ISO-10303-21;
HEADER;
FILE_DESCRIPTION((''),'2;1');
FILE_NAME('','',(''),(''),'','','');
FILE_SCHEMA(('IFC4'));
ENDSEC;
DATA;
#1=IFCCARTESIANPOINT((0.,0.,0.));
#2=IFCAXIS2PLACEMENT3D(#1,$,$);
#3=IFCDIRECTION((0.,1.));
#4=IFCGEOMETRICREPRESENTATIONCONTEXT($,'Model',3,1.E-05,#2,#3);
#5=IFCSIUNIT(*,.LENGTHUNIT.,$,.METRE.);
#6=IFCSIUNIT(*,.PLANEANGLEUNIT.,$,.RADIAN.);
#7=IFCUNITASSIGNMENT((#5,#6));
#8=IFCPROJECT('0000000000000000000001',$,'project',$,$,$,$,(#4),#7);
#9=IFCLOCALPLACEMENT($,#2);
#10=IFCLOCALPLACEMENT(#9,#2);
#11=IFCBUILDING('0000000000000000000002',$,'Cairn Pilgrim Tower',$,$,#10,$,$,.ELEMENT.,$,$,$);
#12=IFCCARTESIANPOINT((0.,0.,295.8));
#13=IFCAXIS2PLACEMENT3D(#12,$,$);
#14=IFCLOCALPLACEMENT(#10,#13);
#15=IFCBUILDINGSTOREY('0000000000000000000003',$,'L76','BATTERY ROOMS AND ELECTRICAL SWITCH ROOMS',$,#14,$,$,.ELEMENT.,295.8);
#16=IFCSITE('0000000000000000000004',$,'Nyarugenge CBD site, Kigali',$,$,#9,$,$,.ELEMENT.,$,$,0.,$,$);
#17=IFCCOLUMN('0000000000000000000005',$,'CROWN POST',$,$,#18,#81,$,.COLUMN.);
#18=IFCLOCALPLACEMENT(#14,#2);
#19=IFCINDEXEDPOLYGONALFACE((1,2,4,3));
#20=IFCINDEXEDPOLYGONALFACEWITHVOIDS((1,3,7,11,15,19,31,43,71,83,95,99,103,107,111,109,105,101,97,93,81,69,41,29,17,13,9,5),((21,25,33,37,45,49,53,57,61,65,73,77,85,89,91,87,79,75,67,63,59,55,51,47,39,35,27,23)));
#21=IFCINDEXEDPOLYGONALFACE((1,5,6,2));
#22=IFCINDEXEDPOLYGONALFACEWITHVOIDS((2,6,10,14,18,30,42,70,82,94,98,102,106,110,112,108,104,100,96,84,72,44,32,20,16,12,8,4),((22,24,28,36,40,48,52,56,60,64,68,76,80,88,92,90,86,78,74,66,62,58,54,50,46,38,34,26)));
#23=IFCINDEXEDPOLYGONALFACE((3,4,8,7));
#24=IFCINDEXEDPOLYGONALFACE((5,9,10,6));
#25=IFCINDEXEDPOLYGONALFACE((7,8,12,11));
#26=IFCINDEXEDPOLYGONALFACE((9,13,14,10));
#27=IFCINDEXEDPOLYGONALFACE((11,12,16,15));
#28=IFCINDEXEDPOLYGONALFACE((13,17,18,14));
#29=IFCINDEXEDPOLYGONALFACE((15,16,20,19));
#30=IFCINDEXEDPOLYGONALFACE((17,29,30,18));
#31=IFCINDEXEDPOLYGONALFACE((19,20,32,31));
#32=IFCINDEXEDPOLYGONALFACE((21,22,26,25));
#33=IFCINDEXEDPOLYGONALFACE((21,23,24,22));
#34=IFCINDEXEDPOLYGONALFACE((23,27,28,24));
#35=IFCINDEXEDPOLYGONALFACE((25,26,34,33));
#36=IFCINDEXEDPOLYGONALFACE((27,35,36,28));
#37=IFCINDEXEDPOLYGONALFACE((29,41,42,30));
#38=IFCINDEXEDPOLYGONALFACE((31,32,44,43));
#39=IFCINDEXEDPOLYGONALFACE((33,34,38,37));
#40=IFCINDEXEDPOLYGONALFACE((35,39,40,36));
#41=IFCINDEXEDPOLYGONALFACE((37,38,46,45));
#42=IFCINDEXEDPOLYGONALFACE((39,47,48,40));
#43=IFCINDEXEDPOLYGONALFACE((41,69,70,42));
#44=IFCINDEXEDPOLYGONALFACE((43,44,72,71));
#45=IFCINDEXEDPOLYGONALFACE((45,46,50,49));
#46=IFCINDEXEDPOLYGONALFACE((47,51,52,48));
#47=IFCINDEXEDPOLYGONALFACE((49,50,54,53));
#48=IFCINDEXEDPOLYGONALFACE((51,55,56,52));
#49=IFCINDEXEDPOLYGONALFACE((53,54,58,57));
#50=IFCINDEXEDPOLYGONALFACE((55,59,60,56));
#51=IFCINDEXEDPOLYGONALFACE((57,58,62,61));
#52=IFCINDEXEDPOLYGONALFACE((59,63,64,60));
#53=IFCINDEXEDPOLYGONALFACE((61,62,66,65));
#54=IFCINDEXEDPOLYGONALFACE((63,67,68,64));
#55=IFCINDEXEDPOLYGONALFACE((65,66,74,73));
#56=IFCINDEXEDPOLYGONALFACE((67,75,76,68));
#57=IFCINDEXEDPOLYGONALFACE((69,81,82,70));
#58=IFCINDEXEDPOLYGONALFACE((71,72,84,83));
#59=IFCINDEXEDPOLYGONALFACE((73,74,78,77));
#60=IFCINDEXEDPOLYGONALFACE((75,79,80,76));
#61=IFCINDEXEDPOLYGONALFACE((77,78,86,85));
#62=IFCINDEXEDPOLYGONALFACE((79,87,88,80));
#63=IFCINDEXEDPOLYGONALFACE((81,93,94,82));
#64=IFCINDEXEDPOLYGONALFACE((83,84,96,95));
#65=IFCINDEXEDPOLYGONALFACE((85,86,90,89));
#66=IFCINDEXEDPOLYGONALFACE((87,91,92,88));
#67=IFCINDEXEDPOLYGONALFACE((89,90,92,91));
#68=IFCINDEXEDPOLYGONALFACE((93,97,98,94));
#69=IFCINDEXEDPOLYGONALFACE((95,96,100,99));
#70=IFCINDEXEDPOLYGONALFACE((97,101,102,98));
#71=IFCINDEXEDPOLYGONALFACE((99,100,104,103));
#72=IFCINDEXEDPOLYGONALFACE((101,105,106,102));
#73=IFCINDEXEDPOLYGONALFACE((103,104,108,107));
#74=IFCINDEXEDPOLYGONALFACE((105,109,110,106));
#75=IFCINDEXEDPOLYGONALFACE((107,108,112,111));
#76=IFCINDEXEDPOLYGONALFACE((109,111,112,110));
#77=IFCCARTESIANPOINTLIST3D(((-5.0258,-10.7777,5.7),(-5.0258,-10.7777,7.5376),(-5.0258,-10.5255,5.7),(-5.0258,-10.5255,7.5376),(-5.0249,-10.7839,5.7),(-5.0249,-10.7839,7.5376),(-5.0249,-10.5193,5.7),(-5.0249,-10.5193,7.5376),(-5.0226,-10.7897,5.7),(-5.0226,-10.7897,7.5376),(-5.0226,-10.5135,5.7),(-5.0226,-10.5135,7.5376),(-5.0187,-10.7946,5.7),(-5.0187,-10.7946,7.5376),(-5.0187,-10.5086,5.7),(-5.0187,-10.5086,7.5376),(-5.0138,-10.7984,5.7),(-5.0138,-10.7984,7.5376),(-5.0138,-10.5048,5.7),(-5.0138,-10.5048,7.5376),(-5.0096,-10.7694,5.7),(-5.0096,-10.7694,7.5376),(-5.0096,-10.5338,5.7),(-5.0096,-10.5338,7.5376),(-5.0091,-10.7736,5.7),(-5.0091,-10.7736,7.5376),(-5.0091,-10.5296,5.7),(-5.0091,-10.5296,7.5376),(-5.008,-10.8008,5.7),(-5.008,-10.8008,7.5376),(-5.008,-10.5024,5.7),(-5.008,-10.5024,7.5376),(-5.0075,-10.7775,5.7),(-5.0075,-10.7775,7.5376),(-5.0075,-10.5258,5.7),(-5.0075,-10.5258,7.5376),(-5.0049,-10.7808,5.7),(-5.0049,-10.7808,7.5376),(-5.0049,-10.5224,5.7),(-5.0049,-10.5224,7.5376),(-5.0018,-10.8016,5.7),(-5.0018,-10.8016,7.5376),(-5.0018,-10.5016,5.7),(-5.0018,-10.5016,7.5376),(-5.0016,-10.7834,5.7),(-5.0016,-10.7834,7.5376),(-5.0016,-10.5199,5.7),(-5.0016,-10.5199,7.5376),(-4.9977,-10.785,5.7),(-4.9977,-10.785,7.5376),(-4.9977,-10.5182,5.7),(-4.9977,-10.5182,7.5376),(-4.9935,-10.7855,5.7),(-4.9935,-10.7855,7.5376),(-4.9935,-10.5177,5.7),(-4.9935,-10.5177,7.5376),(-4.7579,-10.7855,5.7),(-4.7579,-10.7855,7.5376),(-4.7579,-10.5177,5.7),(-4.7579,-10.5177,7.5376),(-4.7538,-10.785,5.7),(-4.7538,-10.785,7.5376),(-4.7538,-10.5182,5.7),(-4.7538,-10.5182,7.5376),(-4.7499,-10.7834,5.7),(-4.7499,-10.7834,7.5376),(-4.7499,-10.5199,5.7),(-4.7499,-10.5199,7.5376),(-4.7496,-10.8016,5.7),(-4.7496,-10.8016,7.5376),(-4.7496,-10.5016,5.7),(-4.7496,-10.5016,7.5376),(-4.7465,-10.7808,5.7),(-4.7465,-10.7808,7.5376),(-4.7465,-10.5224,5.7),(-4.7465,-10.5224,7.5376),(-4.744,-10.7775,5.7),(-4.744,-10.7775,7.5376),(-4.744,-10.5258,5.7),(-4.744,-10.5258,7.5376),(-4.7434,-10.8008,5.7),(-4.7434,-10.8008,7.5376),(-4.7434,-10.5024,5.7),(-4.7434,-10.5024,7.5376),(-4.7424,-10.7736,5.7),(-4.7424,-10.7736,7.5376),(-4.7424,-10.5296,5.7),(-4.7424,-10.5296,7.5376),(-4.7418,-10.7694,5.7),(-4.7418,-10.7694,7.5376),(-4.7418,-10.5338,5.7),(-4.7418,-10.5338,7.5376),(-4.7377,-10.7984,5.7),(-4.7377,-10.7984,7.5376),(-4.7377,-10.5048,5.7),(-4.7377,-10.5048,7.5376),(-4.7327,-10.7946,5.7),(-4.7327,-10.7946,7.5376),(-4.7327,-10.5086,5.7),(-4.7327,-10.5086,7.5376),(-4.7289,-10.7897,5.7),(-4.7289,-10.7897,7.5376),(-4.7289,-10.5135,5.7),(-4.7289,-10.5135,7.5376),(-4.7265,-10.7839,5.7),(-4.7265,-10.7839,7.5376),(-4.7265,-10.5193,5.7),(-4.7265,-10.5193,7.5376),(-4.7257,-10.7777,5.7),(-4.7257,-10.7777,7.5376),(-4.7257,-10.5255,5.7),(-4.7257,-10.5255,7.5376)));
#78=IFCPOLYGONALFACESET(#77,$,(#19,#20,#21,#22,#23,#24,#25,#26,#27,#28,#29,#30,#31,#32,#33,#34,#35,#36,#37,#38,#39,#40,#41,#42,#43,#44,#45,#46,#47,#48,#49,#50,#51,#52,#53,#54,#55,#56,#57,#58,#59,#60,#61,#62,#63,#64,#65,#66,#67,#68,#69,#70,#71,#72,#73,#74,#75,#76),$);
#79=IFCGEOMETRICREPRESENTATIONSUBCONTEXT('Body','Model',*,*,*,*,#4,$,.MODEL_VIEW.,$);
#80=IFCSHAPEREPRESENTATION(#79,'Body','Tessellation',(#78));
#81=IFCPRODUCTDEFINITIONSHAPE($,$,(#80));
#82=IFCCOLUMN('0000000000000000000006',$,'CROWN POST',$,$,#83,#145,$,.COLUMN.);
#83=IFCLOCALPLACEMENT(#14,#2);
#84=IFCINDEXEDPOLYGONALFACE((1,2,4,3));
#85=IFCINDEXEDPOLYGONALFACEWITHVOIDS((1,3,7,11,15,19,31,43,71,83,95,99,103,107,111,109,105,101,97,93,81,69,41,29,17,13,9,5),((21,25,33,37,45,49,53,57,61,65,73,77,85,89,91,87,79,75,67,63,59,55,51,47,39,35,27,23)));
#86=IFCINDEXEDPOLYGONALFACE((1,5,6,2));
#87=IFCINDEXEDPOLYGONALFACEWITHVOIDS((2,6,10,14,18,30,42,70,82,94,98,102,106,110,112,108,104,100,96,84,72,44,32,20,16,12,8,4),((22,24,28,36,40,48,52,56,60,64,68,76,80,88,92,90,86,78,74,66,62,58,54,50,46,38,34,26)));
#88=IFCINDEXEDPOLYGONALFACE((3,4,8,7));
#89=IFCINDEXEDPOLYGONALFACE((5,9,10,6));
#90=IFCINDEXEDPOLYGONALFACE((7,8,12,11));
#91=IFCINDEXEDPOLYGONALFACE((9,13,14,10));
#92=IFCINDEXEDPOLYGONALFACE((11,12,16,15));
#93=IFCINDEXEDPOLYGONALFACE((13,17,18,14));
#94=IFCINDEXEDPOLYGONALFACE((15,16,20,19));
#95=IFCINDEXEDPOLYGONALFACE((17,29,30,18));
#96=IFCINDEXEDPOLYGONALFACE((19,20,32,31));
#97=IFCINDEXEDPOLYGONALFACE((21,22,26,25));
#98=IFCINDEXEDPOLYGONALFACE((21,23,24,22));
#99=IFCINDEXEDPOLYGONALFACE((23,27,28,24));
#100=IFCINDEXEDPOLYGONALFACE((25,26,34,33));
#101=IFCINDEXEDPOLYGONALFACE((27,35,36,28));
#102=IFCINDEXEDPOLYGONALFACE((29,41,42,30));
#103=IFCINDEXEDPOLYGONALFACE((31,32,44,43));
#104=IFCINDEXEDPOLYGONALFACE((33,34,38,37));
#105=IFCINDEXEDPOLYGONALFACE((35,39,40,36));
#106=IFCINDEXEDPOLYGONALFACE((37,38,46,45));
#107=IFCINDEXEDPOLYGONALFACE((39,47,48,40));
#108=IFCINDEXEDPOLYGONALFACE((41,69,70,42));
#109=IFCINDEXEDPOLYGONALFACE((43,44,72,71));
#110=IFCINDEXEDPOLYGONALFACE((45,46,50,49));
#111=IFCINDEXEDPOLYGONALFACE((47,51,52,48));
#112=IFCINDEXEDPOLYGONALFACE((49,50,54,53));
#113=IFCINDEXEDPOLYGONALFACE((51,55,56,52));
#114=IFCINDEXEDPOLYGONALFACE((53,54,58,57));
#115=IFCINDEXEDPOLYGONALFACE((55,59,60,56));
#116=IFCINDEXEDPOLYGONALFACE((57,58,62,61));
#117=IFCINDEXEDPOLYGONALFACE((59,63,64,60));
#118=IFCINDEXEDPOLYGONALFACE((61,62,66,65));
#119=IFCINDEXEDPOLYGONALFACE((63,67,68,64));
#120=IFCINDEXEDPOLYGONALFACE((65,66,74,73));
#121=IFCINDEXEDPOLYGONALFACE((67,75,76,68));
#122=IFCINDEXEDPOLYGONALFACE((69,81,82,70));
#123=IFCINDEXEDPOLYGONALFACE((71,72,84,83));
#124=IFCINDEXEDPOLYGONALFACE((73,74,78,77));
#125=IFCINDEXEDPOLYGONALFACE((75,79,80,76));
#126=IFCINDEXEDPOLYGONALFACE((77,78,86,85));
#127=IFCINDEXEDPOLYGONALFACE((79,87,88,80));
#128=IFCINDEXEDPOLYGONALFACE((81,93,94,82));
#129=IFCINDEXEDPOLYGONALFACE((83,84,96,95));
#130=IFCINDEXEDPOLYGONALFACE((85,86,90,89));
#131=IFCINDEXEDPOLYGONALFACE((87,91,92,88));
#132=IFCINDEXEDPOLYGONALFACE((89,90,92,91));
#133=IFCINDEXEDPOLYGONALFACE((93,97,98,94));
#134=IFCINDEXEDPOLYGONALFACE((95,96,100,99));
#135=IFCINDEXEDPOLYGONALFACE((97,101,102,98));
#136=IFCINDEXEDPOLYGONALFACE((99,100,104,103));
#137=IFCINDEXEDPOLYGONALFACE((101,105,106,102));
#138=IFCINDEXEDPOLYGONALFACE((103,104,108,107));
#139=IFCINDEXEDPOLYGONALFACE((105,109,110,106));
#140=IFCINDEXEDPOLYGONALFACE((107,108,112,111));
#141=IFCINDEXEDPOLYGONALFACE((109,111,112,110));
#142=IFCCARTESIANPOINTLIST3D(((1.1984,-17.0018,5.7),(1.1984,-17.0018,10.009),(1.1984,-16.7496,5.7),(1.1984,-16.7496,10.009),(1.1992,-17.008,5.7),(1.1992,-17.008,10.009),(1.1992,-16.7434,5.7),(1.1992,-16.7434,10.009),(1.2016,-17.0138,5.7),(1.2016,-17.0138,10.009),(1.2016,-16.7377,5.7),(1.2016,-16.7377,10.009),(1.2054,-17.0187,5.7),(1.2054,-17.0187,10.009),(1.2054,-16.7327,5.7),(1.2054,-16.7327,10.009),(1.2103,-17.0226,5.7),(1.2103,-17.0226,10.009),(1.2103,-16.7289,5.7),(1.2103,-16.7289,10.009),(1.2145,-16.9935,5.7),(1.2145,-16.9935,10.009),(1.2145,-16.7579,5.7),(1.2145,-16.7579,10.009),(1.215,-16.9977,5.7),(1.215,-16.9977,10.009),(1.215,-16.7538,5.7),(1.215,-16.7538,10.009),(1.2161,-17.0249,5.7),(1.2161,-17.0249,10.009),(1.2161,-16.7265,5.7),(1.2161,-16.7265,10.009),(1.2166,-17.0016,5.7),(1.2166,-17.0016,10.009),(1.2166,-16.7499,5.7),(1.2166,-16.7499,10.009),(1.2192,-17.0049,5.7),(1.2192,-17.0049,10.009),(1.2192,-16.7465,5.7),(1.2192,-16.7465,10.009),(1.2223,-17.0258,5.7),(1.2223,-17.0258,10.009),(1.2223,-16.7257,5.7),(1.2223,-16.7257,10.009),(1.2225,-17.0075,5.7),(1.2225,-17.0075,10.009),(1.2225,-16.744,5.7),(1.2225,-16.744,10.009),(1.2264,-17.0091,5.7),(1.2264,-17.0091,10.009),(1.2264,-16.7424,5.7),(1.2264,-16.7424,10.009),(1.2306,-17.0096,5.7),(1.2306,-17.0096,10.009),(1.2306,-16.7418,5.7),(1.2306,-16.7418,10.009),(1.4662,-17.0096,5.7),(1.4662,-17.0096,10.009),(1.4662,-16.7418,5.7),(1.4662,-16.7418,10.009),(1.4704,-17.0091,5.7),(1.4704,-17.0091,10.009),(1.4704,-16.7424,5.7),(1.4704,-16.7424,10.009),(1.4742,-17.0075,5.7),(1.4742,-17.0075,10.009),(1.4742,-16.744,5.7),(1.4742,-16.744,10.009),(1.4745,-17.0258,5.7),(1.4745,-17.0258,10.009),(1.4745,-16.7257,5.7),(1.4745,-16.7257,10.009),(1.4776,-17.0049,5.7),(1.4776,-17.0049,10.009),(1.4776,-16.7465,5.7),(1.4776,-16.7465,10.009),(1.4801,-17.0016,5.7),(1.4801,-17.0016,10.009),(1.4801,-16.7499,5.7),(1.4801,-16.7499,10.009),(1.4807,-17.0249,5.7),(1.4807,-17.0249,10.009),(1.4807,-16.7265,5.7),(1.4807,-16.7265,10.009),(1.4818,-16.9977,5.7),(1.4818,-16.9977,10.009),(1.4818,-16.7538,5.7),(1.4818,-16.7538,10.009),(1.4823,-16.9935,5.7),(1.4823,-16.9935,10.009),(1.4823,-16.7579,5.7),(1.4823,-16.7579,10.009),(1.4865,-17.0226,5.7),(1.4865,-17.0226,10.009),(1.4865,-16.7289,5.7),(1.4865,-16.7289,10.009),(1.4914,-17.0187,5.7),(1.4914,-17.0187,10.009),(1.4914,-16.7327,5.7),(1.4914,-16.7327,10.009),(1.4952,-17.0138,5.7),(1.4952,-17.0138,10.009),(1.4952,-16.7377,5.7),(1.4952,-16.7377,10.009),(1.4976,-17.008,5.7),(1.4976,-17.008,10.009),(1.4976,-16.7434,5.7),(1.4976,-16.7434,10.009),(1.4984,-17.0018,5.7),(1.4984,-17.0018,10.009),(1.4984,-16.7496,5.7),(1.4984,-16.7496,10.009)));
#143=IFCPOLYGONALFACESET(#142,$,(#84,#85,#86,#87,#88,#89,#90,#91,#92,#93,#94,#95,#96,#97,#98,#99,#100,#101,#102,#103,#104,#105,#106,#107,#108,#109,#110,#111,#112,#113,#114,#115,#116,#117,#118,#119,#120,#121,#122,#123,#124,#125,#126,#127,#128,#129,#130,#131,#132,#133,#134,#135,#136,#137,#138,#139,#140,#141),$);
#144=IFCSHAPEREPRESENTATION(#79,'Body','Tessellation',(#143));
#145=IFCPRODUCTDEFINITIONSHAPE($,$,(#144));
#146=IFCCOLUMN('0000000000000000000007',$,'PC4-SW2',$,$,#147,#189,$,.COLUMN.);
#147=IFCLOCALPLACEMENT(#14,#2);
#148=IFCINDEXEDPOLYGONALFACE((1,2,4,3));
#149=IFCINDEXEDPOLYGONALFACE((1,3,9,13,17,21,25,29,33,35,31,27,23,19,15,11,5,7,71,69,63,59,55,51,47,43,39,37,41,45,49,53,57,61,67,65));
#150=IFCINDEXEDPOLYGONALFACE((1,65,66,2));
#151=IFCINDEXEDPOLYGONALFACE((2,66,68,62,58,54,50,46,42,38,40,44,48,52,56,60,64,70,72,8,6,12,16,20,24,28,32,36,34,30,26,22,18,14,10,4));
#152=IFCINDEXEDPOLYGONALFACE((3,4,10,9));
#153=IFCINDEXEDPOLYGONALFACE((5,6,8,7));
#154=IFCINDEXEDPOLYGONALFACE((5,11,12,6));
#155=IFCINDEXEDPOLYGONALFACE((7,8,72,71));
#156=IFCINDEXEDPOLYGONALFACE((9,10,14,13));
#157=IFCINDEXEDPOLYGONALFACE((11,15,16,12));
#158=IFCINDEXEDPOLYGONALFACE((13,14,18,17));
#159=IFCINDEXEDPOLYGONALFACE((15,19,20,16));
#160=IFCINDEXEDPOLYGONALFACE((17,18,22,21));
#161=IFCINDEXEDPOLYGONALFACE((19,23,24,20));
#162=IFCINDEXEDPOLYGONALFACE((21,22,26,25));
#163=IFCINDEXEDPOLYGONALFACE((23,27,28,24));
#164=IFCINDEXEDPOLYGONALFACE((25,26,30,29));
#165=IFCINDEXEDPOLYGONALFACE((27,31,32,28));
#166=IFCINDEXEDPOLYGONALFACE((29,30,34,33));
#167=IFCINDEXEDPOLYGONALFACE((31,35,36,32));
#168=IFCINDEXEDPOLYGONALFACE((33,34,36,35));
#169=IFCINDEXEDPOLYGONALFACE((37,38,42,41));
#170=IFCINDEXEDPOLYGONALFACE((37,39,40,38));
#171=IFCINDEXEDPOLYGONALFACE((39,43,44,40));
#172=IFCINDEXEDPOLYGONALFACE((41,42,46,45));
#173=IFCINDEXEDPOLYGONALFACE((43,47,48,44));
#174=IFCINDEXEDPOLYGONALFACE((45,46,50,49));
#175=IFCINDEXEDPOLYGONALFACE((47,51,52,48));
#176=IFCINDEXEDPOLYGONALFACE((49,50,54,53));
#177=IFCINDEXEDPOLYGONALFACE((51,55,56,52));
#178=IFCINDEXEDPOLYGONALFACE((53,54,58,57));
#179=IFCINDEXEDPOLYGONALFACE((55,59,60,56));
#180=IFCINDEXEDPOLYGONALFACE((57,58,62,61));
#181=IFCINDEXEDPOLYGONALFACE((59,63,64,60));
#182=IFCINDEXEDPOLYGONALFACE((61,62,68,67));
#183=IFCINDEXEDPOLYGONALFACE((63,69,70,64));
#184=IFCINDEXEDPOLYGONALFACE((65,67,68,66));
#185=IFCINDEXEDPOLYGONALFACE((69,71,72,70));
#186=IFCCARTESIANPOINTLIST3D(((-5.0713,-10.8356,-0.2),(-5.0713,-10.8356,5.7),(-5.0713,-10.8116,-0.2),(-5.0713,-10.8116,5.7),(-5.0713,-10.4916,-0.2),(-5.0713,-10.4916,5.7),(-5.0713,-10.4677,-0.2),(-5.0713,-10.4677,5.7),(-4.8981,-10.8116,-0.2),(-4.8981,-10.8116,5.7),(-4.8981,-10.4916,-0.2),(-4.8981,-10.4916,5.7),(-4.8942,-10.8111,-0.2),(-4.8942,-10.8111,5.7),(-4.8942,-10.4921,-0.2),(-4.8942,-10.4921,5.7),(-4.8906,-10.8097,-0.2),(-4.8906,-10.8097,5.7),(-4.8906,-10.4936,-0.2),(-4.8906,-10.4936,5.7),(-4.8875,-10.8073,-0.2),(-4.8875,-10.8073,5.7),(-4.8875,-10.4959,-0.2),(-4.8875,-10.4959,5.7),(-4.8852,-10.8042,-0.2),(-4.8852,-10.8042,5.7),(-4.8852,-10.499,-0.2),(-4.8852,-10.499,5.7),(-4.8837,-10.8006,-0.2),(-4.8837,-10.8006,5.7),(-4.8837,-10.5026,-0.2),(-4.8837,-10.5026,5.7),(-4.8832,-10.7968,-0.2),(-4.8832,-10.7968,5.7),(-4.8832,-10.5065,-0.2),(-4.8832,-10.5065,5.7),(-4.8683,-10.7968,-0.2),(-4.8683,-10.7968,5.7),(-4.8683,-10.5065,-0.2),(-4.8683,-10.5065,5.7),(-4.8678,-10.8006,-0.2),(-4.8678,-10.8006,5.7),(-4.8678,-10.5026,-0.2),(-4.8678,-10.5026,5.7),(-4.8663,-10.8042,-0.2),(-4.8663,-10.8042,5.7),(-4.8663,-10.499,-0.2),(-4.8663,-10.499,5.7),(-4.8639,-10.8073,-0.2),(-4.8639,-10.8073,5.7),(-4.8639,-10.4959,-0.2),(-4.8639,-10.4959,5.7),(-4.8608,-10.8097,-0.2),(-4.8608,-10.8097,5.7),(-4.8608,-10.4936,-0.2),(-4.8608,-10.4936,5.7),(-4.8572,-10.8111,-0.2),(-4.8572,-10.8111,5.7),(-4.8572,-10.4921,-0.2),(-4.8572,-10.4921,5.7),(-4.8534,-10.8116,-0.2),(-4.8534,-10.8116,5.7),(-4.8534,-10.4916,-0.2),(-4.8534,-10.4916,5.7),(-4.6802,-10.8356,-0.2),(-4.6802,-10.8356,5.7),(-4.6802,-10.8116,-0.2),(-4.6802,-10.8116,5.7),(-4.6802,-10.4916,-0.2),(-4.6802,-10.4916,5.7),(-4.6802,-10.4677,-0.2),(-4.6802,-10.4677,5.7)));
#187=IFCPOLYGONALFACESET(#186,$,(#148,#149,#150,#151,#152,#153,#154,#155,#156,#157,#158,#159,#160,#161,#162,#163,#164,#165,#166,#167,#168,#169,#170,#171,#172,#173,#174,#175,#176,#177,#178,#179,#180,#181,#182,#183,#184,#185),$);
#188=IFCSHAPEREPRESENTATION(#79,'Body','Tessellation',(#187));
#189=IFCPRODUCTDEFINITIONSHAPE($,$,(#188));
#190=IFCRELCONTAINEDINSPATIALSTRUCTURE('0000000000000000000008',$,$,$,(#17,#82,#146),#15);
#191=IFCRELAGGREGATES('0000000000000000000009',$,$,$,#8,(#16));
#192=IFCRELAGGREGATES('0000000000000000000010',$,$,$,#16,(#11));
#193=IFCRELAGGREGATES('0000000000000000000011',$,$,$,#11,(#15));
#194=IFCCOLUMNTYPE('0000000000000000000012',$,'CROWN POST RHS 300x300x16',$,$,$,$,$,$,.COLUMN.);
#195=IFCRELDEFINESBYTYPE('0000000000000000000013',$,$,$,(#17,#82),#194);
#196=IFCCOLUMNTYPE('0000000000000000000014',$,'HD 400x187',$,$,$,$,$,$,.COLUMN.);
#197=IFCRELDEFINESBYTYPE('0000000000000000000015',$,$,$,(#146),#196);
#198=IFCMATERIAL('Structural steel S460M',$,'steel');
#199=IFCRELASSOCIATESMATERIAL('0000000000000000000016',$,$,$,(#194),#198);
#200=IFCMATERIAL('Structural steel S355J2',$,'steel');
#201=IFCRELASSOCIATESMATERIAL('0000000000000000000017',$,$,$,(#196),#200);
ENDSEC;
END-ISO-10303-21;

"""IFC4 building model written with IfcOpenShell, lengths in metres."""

from ifc_helpers import new_model, si_unit, direction, frame, origin, origin_2d, place, context, subcontext, project, spatial, hollow_rectangle, i_section, extrude, material, material_profile, profile_set, type_object, element, save


model = new_model("IFC4")

# Units and contexts
model_context = context("Model", 3, precision=1e-05, world=origin(), true_north=direction((0.0, 1.0)))
body_context = subcontext(model_context, "Body", "Model", "MODEL_VIEW")
ifc_project = project(units=[si_unit("LENGTHUNIT", "METRE"), si_unit("PLANEANGLEUNIT", "RADIAN")], contexts=[model_context])

# Site, building, storey
site_placement = place(None, origin())
site = spatial("IfcSite", under=ifc_project, at=site_placement, Name="Nyarugenge CBD site, Kigali", CompositionType="ELEMENT", RefElevation=0.0)
building_placement = place(site_placement, origin())
building = spatial("IfcBuilding", under=site, at=building_placement, Name="Cairn Pilgrim Tower", CompositionType="ELEMENT")
storey_placement = place(building_placement, frame((0.0, 0.0, 295.8)))
storey = spatial("IfcBuildingStorey", under=building, at=storey_placement, Name="L76", Description="BATTERY ROOMS AND ELECTRICAL SWITCH ROOMS", CompositionType="ELEMENT", Elevation=295.8)

# Columns
ifc_material_1 = material(Name="Structural steel S460M", Category="steel")
ifc_material_profile_1 = material_profile(ifc_material_1, hollow_rectangle(XDim=0.3, YDim=0.3, WallThickness=0.0161, InnerFilletRadius=0.0161, OuterFilletRadius=0.0239, at=origin_2d()), Name="SHS 300x300x16")
ifc_profile_set_1 = profile_set([ifc_material_profile_1], Name="Structural steel S460M")
column_type_1 = type_object("IfcColumnType", Name="CROWN POST RHS 300x300x16", PredefinedType="COLUMN", material=ifc_profile_set_1)
column_1_placement = place(storey_placement, frame((-4.8757, -10.6516, 5.7), z_axis=(0.0, 0.0, 1.0), x_axis=(1.0, 0.0, 0.0)))
element("IfcColumn", 1, at=column_1_placement, inside=storey, type_object=column_type_1, Name="CROWN POST", PredefinedType="COLUMN", context=body_context, shape_type="SweptSolid", body=[
    extrude(hollow_rectangle(XDim=0.3, YDim=0.3, WallThickness=0.0161, InnerFilletRadius=0.0161, OuterFilletRadius=0.0239, at=origin_2d()), origin(), (0.0, 0.0, 1.0), 1.8376),
])
column_2_placement = place(storey_placement, frame((1.3484, -16.8757, 5.7), z_axis=(0.0, 0.0, 1.0), x_axis=(1.0, 0.0, 0.0)))
element("IfcColumn", 2, at=column_2_placement, inside=storey, type_object=column_type_1, Name="CROWN POST", PredefinedType="COLUMN", context=body_context, shape_type="SweptSolid", body=[
    extrude(hollow_rectangle(XDim=0.3, YDim=0.3, WallThickness=0.0161, InnerFilletRadius=0.0161, OuterFilletRadius=0.0239, at=origin_2d()), origin(), (0.0, 0.0, 1.0), 4.3091),
])
ifc_material_2 = material(Name="Structural steel S355J2", Category="steel")
ifc_material_profile_2 = material_profile(ifc_material_2, i_section(OverallWidth=0.3911, OverallDepth=0.3679, WebThickness=0.0149, FlangeThickness=0.0239, FilletRadius=0.0149, at=origin_2d()), Name="HD 400x187")
ifc_profile_set_2 = profile_set([ifc_material_profile_2], Name="Structural steel S355J2")
column_type_2 = type_object("IfcColumnType", Name="HD 400x187", PredefinedType="COLUMN", material=ifc_profile_set_2)
for number, where, z_axis, x_axis, name in (
    (3, (-4.8757, -10.6516, -0.2), (0.0, 0.0, 1.0), (1.0, 0.0, 0.0), "PC4-SW2"),
):
    element("IfcColumn", number, at=place(storey_placement, frame(where, z_axis=z_axis, x_axis=x_axis)), inside=storey, type_object=column_type_2, Name=name, PredefinedType="COLUMN", context=body_context, shape_type="SweptSolid", body=[
        extrude(i_section(OverallWidth=0.3911, OverallDepth=0.3679, WebThickness=0.0149, FlangeThickness=0.0239, FilletRadius=0.0149, at=origin_2d()), origin(), (0.0, 0.0, 1.0), 5.8999),
    ])

save(model, "model.ifc")
